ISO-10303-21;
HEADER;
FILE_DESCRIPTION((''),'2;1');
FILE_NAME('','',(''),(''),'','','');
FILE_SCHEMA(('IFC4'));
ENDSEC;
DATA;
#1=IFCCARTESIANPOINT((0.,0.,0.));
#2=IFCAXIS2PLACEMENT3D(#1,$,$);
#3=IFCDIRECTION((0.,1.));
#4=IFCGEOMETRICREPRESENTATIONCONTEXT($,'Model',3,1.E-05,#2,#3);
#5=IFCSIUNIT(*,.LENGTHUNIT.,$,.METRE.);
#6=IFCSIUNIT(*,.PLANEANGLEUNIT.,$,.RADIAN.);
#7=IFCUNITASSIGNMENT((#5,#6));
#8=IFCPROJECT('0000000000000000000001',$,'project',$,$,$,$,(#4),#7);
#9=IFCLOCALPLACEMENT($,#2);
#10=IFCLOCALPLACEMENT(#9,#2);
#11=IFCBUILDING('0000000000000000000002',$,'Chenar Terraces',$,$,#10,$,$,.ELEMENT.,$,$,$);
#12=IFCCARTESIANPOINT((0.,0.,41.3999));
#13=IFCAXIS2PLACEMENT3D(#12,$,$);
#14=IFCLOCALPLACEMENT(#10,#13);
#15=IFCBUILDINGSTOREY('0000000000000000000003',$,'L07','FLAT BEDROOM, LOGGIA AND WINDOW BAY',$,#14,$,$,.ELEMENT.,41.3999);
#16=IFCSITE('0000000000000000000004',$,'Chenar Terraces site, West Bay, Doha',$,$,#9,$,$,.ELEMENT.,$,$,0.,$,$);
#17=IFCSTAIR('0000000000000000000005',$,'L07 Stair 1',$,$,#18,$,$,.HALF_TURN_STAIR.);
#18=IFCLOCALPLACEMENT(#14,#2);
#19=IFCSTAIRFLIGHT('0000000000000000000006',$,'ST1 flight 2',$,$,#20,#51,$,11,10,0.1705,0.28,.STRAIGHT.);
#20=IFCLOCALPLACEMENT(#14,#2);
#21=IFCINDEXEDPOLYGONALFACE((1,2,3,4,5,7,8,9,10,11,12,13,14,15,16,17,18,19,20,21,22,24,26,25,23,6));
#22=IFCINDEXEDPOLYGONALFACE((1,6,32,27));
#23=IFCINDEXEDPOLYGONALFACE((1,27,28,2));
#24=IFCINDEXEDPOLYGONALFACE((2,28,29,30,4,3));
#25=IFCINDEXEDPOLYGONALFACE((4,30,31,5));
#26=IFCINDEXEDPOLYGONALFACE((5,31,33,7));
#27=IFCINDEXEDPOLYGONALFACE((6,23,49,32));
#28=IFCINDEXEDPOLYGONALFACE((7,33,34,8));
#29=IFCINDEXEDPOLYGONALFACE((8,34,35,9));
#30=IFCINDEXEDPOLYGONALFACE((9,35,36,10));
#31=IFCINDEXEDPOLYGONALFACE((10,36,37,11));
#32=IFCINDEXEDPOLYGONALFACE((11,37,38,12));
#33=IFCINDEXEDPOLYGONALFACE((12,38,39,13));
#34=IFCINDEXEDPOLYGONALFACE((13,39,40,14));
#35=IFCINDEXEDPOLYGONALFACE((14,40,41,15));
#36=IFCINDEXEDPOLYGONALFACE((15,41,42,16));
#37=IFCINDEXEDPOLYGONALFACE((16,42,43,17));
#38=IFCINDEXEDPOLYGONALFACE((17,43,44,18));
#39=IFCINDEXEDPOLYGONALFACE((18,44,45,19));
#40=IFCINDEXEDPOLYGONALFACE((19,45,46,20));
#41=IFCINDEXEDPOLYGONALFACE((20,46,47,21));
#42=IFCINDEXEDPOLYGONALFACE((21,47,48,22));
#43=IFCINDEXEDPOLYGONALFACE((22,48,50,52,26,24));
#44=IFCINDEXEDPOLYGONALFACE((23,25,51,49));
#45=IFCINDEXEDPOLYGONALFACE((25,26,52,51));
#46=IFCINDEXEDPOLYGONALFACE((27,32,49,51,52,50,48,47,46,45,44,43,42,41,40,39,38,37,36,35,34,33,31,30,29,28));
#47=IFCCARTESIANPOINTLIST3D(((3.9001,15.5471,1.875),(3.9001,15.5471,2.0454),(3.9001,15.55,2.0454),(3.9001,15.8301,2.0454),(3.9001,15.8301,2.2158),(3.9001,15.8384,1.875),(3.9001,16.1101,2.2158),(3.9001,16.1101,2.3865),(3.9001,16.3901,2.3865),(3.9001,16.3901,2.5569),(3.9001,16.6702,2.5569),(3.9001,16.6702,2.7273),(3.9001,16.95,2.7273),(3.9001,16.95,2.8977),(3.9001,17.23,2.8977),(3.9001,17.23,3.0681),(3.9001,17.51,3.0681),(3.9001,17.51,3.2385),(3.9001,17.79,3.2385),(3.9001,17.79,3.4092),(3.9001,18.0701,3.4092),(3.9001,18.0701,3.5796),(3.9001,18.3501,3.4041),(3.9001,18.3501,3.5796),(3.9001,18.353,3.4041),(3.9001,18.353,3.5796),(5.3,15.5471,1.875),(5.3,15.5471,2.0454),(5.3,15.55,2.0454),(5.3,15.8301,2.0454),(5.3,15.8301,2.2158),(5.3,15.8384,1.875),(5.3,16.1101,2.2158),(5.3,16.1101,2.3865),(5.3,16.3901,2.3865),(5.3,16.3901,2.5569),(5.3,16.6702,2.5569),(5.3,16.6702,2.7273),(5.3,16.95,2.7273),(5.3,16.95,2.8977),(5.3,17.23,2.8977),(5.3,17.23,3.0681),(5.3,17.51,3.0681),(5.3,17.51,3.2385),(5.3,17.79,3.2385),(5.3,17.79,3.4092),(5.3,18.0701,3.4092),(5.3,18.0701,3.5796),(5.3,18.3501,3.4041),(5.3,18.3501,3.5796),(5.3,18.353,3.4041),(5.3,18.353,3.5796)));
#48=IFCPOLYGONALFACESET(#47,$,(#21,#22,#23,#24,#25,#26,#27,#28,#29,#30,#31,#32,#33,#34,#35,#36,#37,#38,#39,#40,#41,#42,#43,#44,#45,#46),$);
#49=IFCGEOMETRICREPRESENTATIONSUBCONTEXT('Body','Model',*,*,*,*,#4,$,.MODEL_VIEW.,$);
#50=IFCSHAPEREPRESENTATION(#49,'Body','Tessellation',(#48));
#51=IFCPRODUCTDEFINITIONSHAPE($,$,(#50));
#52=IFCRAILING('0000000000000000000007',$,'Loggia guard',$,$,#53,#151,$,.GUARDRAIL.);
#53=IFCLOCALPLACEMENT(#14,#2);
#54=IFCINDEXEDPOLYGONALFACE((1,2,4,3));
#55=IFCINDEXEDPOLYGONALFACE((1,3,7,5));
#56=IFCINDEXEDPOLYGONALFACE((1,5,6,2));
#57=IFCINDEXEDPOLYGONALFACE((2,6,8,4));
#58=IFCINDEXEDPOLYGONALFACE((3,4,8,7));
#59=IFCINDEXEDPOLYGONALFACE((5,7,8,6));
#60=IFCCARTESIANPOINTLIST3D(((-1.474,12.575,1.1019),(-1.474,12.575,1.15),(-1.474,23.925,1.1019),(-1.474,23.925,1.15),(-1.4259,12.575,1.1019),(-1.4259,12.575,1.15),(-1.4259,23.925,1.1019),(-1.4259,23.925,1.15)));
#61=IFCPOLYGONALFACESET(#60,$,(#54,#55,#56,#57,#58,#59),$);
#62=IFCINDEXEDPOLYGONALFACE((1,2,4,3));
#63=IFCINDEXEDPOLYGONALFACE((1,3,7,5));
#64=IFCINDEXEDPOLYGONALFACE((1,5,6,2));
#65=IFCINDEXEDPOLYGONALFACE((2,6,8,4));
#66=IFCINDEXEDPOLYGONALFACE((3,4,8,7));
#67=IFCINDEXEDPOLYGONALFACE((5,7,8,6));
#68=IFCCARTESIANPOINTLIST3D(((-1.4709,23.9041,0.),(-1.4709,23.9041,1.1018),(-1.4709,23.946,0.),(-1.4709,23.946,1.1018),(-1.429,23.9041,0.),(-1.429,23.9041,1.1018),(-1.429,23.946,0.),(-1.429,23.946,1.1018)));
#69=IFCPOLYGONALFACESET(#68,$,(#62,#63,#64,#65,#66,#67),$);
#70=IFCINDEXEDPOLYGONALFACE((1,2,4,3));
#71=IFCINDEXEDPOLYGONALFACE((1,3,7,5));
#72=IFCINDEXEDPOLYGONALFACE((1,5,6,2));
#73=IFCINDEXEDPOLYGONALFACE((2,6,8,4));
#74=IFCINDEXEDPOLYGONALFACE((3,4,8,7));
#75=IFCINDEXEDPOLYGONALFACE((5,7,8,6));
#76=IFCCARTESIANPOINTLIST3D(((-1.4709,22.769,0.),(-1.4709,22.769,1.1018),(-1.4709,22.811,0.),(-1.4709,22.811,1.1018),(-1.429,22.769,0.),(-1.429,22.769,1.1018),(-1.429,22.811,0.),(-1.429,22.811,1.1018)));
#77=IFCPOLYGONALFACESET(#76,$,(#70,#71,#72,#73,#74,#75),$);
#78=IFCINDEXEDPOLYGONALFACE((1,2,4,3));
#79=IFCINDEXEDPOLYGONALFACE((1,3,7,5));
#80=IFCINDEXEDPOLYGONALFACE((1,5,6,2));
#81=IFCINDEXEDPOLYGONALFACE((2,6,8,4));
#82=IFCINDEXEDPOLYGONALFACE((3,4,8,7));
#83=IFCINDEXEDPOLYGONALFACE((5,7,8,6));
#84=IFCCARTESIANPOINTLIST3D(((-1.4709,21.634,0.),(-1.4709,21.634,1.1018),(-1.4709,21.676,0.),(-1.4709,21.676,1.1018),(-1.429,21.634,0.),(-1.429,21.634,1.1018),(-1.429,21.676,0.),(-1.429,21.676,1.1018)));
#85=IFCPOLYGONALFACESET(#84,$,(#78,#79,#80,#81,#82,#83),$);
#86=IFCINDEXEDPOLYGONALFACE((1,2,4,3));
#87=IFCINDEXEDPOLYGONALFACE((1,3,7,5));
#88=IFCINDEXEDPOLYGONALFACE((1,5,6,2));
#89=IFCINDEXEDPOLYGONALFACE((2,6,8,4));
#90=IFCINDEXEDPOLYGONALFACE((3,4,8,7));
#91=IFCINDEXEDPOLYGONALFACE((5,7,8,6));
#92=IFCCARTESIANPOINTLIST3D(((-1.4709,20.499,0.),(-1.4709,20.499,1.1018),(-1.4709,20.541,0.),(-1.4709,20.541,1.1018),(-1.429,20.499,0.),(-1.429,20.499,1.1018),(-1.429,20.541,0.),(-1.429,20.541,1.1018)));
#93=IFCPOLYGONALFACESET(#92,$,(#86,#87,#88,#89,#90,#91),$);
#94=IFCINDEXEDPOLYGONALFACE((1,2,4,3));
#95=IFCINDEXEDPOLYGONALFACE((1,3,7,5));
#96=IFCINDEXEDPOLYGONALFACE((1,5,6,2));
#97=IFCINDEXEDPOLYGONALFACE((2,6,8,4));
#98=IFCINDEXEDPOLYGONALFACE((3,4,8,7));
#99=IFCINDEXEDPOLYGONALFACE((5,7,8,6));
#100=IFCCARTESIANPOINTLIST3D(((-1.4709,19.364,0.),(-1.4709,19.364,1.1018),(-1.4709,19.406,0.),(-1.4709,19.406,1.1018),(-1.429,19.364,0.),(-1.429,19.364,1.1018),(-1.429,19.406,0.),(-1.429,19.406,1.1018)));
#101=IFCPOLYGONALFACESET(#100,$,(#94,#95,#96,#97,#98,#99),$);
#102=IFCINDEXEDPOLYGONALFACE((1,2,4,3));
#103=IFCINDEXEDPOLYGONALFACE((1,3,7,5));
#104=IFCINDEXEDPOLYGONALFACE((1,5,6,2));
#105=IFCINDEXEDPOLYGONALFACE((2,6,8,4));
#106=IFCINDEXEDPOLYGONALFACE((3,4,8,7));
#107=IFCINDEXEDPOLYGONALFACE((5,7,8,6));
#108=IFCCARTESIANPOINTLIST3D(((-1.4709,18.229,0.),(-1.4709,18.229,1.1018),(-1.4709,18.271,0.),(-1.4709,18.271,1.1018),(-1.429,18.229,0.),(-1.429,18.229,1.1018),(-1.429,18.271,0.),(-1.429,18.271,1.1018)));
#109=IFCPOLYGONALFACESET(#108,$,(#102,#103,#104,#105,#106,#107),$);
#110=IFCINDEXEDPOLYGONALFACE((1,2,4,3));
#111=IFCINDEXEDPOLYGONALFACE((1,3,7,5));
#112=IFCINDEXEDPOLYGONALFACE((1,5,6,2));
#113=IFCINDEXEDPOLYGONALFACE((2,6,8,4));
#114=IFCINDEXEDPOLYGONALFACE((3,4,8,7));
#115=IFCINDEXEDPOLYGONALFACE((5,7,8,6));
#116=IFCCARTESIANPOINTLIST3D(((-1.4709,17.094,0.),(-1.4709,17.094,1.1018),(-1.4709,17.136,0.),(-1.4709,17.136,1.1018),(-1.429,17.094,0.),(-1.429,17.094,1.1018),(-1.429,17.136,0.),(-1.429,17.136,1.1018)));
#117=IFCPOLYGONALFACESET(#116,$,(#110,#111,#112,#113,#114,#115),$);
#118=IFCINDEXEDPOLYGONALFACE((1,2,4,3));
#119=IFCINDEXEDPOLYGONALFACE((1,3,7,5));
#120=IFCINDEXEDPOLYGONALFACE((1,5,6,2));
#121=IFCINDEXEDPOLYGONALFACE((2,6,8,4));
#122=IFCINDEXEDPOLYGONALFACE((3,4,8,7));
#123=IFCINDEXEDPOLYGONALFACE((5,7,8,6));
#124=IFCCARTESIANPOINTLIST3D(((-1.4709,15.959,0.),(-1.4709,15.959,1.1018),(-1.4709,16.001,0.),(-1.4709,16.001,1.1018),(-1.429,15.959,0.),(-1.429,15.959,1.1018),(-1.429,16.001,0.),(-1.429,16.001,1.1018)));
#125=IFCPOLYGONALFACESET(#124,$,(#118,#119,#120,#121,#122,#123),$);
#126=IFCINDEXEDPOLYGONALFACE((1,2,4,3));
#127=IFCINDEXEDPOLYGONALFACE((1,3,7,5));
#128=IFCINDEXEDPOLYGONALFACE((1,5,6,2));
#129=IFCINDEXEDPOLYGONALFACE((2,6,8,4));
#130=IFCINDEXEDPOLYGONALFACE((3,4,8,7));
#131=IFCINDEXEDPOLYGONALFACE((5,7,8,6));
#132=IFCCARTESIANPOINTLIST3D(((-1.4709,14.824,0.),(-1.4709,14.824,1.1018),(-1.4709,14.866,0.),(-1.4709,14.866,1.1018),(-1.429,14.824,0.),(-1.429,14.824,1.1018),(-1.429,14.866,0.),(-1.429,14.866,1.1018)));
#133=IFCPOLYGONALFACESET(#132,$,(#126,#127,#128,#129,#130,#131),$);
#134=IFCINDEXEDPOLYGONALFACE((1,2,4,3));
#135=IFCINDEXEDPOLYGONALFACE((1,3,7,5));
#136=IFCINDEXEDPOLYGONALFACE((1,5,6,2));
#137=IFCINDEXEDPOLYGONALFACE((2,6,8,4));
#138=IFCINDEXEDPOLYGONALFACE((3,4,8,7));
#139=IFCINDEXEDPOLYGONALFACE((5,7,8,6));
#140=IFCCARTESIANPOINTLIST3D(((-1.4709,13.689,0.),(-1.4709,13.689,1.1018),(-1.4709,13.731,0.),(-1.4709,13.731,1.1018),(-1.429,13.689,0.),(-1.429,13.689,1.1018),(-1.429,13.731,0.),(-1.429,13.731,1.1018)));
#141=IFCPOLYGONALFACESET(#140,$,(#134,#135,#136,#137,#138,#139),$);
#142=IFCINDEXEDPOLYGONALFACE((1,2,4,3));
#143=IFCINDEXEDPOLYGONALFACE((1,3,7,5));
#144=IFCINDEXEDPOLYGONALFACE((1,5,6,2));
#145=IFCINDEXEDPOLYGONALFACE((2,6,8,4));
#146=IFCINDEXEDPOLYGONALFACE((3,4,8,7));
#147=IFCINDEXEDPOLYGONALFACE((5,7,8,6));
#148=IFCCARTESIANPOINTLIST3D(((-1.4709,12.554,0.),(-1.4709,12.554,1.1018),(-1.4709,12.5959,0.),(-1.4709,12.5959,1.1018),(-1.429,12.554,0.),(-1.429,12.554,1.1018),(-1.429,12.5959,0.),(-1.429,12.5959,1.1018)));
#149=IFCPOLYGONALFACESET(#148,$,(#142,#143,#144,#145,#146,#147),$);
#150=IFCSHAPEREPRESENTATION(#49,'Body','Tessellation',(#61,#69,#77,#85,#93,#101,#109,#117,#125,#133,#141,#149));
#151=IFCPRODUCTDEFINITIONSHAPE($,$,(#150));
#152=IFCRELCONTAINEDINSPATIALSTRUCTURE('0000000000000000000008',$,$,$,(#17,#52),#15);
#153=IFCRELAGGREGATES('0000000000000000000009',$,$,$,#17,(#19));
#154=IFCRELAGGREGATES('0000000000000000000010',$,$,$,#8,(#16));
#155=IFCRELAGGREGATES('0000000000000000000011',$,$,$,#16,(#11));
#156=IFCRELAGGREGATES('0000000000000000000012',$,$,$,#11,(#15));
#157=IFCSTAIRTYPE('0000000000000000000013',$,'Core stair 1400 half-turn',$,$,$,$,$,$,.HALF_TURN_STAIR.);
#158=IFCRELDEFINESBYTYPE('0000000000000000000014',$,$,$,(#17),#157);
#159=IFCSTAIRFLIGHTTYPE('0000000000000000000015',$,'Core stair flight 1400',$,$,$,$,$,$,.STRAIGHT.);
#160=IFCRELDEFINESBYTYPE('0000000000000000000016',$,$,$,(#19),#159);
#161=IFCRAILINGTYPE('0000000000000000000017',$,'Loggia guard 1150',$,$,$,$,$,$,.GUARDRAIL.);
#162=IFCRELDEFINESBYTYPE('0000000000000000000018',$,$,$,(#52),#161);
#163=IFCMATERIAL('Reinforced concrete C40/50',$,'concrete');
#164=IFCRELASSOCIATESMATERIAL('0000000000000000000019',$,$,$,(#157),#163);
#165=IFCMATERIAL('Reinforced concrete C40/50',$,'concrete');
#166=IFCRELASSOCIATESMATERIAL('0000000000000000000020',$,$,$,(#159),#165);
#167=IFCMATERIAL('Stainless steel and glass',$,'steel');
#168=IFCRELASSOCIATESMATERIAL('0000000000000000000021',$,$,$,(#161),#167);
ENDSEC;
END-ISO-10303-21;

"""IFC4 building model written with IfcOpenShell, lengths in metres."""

from ifc_helpers import new_model, si_unit, direction, frame, origin, origin_2d, place, context, subcontext, project, spatial, polyline, rectangle, outline, extrude, material, type_object, element, aggregate, save


model = new_model("IFC4")

# Units and contexts
model_context = context("Model", 3, precision=1e-05, world=origin(), true_north=direction((0.0, 1.0)))
body_context = subcontext(model_context, "Body", "Model", "MODEL_VIEW")
ifc_project = project(units=[si_unit("LENGTHUNIT", "METRE"), si_unit("PLANEANGLEUNIT", "RADIAN")], contexts=[model_context])

# Site, building, storey
site_placement = place(None, origin())
site = spatial("IfcSite", under=ifc_project, at=site_placement, Name="Chenar Terraces site, West Bay, Doha", CompositionType="ELEMENT", RefElevation=0.0)
building_placement = place(site_placement, origin())
building = spatial("IfcBuilding", under=site, at=building_placement, Name="Chenar Terraces", CompositionType="ELEMENT")
storey_placement = place(building_placement, frame((0.0, 0.0, 41.3999)))
storey = spatial("IfcBuildingStorey", under=building, at=storey_placement, Name="L07", Description="FLAT BEDROOM, LOGGIA AND WINDOW BAY", CompositionType="ELEMENT", Elevation=41.3999)

# Stair, stair flight
ifc_material_1 = material(Name="Reinforced concrete C40/50", Category="concrete")
stair_type = type_object("IfcStairType", Name="Core stair 1400 half-turn", PredefinedType="HALF_TURN_STAIR", material=ifc_material_1)
stair_placement = place(storey_placement, origin())
stair = element("IfcStair", 1, at=stair_placement, inside=storey, type_object=stair_type, Name="L07 Stair 1", PredefinedType="HALF_TURN_STAIR")
ifc_material_2 = material(Name="Reinforced concrete C40/50", Category="concrete")
stair_flight_type = type_object("IfcStairFlightType", Name="Core stair flight 1400", PredefinedType="STRAIGHT", material=ifc_material_2)
stair_flight_1_placement = place(storey_placement, frame((4.6001, 15.55, 1.875), z_axis=(0.0, 0.0, 1.0), x_axis=(0.0, 1.0, 0.0)))
stair_flight_1 = element("IfcStairFlight", 2, at=stair_flight_1_placement, type_object=stair_flight_type, Name="ST1 flight 2", NumberOfRisers=11, NumberOfTreads=10, PredefinedType="STRAIGHT", RiserHeight=0.1705, TreadLength=0.28, context=body_context, shape_type="SweptSolid", body=[
    extrude(outline(polyline([(-0.0029, 0.0), (-0.0029, 0.1704), (0.0, 0.1704), (0.28, 0.1704), (0.28, 0.3408), (0.5601, 0.3408), (0.5601, 0.5115), (0.8401, 0.5115), (0.8401, 0.6819), (1.1201, 0.6819), (1.1201, 0.8523), (1.3999, 0.8523), (1.3999, 1.0227), (1.6799, 1.0227), (1.6799, 1.1931), (1.96, 1.1931), (1.96, 1.3635), (2.24, 1.3635), (2.24, 1.5342), (2.52, 1.5342), (2.52, 1.7046), (2.8, 1.7046), (2.803, 1.7046), (2.803, 1.5291), (2.8, 1.5291), (0.2883, 0.0), (-0.0029, 0.0)])), frame((0.0, 0.7, 0.0), z_axis=(0.0, -1.0, 0.0), x_axis=(1.0, 0.0, 0.0)), (0.0, 0.0, 1.0), 1.3999),
])
aggregate(stair, [stair_flight_1])

# Railing
ifc_material_3 = material(Name="Stainless steel and glass", Category="steel")
railing_type_1 = type_object("IfcRailingType", Name="Loggia guard 1150", PredefinedType="GUARDRAIL", material=ifc_material_3)
railing_1_placement = place(storey_placement, frame((-1.45, 23.925, 0.0)))
element("IfcRailing", 3, at=railing_1_placement, inside=storey, type_object=railing_type_1, Name="Loggia guard", PredefinedType="GUARDRAIL", context=body_context, shape_type="SweptSolid", body=[
    extrude(rectangle(XDim=0.0481, YDim=0.0481, at=origin_2d()), frame((0.0, 0.0, 1.126), z_axis=(0.0, -1.0, 0.0), x_axis=(1.0, 0.0, 0.0)), (0.0, 0.0, 1.0), 11.3501),
    extrude(rectangle(XDim=0.042, YDim=0.042, at=origin_2d()), origin(), (0.0, 0.0, 1.0), 1.1018),
    extrude(rectangle(XDim=0.042, YDim=0.042, at=origin_2d()), frame((0.0, -1.135, 0.0)), (0.0, 0.0, 1.0), 1.1018),
    extrude(rectangle(XDim=0.042, YDim=0.042, at=origin_2d()), frame((0.0, -2.27, 0.0)), (0.0, 0.0, 1.0), 1.1018),
    extrude(rectangle(XDim=0.042, YDim=0.042, at=origin_2d()), frame((0.0, -3.405, 0.0)), (0.0, 0.0, 1.0), 1.1018),
    extrude(rectangle(XDim=0.042, YDim=0.042, at=origin_2d()), frame((0.0, -4.54, 0.0)), (0.0, 0.0, 1.0), 1.1018),
    extrude(rectangle(XDim=0.042, YDim=0.042, at=origin_2d()), frame((0.0, -5.675, 0.0)), (0.0, 0.0, 1.0), 1.1018),
    extrude(rectangle(XDim=0.042, YDim=0.042, at=origin_2d()), frame((0.0, -6.8101, 0.0)), (0.0, 0.0, 1.0), 1.1018),
    extrude(rectangle(XDim=0.042, YDim=0.042, at=origin_2d()), frame((0.0, -7.9451, 0.0)), (0.0, 0.0, 1.0), 1.1018),
    extrude(rectangle(XDim=0.042, YDim=0.042, at=origin_2d()), frame((0.0, -9.0801, 0.0)), (0.0, 0.0, 1.0), 1.1018),
    extrude(rectangle(XDim=0.042, YDim=0.042, at=origin_2d()), frame((0.0, -10.2151, 0.0)), (0.0, 0.0, 1.0), 1.1018),
    extrude(rectangle(XDim=0.042, YDim=0.042, at=origin_2d()), frame((0.0, -11.3501, 0.0)), (0.0, 0.0, 1.0), 1.1018),
])

save(model, "model.ifc")
